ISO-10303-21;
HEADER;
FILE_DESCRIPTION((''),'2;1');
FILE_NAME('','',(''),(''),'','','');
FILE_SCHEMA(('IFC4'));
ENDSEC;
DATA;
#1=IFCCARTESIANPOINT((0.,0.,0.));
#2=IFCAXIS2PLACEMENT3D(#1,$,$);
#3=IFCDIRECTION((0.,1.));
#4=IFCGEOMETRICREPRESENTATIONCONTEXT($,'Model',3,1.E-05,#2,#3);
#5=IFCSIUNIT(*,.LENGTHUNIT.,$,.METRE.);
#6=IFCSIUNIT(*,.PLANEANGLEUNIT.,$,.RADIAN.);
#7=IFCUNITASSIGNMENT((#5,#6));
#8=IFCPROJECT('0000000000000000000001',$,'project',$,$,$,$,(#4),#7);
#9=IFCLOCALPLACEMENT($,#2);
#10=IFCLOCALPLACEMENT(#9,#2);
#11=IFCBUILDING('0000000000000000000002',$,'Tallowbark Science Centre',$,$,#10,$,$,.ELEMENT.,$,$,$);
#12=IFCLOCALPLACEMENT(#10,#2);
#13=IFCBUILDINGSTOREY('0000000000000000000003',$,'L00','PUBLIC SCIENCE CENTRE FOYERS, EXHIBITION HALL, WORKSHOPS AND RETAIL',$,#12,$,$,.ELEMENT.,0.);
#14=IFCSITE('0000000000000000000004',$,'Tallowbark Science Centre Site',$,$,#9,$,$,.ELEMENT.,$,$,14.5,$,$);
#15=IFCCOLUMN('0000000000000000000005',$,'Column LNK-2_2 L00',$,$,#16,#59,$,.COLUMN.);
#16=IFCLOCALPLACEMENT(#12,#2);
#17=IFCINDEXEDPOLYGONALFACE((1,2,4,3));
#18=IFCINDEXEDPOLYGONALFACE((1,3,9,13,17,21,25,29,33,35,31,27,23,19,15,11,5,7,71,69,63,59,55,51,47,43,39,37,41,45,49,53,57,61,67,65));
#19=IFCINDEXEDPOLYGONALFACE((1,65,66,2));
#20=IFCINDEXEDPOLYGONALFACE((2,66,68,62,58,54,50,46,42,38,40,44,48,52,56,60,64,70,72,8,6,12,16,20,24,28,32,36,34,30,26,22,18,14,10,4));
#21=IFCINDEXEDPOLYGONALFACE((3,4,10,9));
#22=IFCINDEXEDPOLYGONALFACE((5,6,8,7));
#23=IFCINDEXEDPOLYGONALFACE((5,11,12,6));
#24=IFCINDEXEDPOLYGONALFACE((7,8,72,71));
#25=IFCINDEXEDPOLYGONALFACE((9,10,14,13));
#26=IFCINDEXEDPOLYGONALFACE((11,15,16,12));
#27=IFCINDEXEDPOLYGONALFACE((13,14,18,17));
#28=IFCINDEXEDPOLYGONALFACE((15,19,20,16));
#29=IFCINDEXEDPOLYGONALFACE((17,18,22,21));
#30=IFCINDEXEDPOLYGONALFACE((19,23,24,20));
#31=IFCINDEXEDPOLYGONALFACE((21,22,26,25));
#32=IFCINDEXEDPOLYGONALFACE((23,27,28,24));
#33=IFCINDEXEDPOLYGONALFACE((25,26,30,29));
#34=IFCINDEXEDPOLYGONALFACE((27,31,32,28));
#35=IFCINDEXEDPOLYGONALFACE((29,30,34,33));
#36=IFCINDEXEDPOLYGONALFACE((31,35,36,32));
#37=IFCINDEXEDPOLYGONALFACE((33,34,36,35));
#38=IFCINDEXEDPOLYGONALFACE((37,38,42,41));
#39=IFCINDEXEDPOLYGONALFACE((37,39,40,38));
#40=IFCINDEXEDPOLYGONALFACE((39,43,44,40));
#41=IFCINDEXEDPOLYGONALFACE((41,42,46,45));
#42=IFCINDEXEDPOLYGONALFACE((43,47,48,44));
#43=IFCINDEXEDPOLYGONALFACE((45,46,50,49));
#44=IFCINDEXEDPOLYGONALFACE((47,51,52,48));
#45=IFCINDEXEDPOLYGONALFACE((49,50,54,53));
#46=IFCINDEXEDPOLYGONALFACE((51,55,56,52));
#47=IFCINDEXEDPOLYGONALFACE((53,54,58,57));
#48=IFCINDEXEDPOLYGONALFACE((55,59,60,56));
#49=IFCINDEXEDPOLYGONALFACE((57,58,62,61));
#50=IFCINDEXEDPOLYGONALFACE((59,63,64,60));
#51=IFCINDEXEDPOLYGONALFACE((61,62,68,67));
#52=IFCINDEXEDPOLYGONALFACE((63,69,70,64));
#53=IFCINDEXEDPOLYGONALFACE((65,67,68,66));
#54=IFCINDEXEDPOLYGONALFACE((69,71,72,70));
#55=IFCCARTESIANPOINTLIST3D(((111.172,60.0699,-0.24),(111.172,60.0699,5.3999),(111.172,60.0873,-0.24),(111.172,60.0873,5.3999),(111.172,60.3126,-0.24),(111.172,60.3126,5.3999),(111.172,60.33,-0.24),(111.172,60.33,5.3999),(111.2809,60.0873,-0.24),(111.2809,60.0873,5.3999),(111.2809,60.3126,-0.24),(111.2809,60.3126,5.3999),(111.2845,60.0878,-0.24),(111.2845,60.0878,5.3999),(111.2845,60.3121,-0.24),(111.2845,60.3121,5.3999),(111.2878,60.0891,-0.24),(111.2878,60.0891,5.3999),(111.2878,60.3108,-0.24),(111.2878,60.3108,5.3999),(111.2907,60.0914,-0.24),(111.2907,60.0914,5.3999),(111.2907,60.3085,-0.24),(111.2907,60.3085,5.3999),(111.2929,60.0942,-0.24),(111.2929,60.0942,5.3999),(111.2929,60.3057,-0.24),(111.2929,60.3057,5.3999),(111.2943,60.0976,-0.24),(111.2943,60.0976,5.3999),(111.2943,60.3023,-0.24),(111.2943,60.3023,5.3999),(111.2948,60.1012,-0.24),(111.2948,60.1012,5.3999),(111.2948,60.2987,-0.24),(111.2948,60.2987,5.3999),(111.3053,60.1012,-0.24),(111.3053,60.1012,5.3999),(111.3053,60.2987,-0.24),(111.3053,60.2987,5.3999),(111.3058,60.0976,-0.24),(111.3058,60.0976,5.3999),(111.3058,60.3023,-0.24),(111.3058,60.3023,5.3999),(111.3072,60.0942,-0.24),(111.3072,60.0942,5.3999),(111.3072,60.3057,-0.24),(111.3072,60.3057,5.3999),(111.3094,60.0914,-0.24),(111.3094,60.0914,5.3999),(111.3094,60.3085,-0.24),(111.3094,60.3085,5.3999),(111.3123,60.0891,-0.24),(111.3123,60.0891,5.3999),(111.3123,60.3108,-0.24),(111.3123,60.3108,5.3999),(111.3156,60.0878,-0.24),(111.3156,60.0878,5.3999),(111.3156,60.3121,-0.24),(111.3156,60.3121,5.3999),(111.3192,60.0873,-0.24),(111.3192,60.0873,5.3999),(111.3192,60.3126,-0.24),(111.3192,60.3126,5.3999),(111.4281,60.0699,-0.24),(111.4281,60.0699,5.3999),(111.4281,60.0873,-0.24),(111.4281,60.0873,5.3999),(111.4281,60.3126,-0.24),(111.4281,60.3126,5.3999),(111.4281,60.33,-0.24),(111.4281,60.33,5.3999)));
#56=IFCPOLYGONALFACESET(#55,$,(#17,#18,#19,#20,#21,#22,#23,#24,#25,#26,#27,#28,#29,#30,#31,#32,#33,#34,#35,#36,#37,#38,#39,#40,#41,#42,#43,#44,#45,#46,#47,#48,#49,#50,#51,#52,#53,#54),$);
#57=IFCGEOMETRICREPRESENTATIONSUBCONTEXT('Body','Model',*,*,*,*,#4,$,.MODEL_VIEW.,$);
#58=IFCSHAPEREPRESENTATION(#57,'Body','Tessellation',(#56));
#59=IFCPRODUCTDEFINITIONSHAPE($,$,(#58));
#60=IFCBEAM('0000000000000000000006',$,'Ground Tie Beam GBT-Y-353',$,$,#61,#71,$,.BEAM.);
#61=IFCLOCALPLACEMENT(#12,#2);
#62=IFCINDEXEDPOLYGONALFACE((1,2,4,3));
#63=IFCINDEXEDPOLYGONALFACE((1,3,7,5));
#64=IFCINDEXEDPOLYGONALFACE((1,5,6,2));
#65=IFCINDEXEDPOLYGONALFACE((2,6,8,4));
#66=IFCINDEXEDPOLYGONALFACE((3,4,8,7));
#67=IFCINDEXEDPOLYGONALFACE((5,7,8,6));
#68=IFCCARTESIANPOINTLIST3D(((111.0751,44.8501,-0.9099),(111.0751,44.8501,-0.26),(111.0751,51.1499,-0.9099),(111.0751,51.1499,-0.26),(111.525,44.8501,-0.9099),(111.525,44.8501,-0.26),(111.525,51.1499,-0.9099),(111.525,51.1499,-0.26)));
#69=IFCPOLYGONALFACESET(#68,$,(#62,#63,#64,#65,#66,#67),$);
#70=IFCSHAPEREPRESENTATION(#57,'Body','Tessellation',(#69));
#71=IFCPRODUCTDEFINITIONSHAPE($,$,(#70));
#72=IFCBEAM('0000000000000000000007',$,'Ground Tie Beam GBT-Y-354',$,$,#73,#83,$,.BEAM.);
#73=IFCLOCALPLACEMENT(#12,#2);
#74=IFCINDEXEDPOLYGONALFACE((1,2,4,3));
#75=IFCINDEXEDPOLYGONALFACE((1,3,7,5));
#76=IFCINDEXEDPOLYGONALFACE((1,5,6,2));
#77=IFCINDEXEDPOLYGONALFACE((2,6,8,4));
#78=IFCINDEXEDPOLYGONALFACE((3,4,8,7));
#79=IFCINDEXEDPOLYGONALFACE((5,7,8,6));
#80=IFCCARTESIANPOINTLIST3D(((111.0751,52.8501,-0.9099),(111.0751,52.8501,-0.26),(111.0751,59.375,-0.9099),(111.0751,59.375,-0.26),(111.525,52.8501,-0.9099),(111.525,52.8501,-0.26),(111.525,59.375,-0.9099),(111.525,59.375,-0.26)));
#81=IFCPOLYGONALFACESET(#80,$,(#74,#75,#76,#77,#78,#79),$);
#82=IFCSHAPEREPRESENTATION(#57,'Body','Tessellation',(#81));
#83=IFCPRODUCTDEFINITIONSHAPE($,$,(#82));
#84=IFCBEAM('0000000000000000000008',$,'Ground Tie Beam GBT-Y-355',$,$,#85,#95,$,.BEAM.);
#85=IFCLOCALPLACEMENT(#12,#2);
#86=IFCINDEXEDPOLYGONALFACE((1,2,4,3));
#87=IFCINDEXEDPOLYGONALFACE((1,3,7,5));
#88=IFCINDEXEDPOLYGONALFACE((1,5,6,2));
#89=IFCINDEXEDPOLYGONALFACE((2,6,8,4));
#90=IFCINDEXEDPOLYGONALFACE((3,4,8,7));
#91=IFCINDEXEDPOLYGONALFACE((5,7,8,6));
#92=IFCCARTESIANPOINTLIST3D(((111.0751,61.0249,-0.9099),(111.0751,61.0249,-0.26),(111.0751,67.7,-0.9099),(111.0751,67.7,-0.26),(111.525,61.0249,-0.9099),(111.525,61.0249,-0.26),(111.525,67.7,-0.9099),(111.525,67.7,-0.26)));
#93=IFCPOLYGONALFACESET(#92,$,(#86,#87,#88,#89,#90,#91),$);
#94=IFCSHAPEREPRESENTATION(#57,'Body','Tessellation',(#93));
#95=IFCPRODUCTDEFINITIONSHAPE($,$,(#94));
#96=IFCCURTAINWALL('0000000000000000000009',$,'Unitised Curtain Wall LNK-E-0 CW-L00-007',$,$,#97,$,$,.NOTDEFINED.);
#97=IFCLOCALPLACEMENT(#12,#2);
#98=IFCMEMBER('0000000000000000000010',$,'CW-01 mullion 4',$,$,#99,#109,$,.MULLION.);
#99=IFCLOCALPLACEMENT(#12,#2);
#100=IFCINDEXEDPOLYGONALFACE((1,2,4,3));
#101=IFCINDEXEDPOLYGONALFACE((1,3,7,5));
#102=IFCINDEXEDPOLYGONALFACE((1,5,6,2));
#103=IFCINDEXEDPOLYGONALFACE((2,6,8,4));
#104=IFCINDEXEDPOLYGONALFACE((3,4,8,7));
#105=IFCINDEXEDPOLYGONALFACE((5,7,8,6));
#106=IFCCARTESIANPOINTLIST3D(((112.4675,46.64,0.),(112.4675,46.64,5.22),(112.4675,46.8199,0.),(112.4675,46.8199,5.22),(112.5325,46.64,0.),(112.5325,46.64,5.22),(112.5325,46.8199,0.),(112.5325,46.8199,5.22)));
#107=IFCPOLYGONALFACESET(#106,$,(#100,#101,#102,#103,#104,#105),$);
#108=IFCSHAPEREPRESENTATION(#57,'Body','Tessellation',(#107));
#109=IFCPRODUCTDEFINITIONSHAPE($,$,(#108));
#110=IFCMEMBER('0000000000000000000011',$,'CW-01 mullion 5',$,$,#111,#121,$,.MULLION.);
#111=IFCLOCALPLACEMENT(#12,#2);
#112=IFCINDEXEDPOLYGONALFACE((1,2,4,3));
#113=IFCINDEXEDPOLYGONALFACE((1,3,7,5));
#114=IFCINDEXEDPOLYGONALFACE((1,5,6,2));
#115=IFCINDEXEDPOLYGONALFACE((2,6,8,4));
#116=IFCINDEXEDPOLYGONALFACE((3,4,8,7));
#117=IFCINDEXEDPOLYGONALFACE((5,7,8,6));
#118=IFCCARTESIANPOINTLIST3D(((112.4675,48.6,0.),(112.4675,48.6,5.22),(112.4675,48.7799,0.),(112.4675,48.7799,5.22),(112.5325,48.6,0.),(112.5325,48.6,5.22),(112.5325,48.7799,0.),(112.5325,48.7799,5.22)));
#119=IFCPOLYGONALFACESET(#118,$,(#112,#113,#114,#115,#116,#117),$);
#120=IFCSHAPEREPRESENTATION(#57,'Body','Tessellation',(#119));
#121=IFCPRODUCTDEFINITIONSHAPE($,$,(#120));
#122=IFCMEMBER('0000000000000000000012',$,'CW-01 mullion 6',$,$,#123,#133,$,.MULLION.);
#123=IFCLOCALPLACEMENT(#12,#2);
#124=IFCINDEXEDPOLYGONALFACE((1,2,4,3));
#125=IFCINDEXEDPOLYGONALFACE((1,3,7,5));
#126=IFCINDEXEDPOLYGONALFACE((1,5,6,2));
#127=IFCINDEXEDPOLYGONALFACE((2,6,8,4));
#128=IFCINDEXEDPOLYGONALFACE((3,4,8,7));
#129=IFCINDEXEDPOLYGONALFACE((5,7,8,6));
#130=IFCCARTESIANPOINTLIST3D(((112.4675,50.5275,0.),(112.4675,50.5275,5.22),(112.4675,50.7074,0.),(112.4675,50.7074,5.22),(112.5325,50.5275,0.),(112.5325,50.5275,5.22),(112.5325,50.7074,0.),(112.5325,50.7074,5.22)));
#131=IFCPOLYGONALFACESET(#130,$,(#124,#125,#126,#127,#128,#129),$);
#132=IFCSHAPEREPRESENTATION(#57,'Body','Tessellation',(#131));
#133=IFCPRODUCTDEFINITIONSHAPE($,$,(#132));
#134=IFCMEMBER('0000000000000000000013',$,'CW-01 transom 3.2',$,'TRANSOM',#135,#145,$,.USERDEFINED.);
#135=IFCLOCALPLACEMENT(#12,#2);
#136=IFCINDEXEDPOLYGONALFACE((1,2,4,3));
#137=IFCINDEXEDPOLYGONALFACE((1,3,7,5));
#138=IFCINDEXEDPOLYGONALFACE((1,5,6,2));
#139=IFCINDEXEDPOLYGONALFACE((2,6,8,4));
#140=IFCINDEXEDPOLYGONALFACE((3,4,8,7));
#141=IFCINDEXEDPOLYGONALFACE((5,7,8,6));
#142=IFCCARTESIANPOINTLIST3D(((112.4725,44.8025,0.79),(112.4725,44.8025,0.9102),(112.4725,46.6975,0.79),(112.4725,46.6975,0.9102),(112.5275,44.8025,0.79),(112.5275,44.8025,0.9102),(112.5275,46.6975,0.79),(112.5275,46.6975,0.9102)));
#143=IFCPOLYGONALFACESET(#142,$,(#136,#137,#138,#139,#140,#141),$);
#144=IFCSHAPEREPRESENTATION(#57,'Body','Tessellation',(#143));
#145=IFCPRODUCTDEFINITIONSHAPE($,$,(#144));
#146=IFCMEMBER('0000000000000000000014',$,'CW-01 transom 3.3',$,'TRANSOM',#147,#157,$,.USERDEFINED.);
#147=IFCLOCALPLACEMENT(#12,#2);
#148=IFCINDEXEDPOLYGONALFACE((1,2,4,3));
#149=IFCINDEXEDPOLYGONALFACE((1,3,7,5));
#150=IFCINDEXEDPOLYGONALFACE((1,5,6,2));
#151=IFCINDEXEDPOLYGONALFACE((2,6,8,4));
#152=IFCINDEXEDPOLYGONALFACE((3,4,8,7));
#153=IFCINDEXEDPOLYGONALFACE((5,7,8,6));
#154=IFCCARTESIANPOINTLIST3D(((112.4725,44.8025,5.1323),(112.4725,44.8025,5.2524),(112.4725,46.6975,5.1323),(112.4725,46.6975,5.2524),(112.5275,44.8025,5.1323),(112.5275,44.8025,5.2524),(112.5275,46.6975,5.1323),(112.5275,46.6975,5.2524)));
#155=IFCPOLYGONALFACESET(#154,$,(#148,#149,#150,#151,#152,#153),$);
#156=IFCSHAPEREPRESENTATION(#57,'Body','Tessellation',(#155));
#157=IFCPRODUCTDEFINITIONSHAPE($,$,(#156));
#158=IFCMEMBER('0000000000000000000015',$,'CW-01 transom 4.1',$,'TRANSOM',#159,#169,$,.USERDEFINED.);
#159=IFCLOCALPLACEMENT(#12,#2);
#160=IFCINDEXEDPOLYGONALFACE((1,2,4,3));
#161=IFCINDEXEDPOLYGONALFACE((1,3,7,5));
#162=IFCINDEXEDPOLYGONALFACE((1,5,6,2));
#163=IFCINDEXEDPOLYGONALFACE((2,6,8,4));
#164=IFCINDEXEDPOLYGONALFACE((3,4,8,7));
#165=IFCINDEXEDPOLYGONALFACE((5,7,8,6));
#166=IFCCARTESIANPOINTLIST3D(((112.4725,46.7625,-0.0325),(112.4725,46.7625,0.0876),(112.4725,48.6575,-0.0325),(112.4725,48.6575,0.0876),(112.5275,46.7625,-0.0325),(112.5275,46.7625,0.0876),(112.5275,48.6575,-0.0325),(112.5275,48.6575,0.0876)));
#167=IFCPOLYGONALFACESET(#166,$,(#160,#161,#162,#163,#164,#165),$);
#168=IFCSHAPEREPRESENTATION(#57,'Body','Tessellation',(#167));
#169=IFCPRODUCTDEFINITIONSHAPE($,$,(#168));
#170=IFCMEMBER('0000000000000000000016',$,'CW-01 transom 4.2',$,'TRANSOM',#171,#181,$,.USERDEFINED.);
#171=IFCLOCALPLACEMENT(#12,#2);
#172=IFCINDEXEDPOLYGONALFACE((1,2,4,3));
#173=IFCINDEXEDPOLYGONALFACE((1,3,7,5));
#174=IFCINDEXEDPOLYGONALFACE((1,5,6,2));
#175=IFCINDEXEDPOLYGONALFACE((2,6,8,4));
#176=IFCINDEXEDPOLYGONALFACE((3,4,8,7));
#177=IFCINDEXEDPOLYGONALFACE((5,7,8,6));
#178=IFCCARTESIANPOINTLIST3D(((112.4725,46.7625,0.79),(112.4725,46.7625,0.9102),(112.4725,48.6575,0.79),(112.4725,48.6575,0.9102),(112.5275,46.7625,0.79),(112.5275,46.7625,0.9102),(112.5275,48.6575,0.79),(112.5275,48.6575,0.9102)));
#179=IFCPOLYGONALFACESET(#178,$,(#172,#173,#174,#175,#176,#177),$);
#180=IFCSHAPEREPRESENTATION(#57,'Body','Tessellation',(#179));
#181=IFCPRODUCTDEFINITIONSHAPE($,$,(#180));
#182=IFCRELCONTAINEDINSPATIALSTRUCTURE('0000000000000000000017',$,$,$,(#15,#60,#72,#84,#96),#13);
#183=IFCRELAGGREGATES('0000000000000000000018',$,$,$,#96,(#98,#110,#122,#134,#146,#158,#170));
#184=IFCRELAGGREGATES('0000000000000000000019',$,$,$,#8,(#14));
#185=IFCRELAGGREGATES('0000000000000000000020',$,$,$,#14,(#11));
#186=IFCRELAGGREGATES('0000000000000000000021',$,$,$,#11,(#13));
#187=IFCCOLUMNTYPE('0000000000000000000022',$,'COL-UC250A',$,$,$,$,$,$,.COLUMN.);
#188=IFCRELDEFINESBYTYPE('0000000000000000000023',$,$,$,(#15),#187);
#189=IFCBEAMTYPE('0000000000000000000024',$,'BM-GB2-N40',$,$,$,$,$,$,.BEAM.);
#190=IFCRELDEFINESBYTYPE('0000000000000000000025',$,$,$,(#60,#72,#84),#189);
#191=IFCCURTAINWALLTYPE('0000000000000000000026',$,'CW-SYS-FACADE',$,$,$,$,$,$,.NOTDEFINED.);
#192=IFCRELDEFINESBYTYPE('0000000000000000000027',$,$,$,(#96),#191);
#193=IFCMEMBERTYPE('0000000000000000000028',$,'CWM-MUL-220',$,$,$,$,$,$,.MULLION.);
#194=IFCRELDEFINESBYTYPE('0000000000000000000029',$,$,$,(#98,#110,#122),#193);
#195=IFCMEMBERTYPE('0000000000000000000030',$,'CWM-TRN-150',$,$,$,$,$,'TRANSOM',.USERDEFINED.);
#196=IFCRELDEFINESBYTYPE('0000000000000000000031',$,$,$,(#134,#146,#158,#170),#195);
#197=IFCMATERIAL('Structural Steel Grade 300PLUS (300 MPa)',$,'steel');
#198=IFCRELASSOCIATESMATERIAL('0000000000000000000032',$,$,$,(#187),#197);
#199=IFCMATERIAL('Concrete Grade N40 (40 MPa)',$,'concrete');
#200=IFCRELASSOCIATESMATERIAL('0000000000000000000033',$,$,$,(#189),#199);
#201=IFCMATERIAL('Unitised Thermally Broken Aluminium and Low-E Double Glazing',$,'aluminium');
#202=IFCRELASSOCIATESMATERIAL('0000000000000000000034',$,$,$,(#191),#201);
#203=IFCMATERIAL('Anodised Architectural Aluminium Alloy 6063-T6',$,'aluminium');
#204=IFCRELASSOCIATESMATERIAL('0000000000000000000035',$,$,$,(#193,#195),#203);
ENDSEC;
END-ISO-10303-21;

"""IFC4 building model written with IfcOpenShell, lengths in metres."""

from ifc_helpers import new_model, si_unit, direction, frame, origin, origin_2d, place, context, subcontext, project, spatial, rectangle, i_section, extrude, material, material_profile, profile_set, type_object, element, aggregate, save


model = new_model("IFC4")

# Units and contexts
model_context = context("Model", 3, precision=1e-05, world=origin(), true_north=direction((0.0, 1.0)))
body_context = subcontext(model_context, "Body", "Model", "MODEL_VIEW")
ifc_project = project(units=[si_unit("LENGTHUNIT", "METRE"), si_unit("PLANEANGLEUNIT", "RADIAN")], contexts=[model_context])

# Site, building, storey
site_placement = place(None, origin())
site = spatial("IfcSite", under=ifc_project, at=site_placement, Name="Tallowbark Science Centre Site", CompositionType="ELEMENT", RefElevation=14.5)
building_placement = place(site_placement, origin())
building = spatial("IfcBuilding", under=site, at=building_placement, Name="Tallowbark Science Centre", CompositionType="ELEMENT")
storey_placement = place(building_placement, origin())
storey = spatial("IfcBuildingStorey", under=building, at=storey_placement, Name="L00", Description="PUBLIC SCIENCE CENTRE FOYERS, EXHIBITION HALL, WORKSHOPS AND RETAIL", CompositionType="ELEMENT", Elevation=0.0)

# Shared definitions
ifc_material_1 = material(Name="Concrete Grade N40 (40 MPa)", Category="concrete")

# Column
ifc_material_2 = material(Name="Structural Steel Grade 300PLUS (300 MPa)", Category="steel")
ifc_material_profile_1 = material_profile(ifc_material_2, i_section(OverallWidth=0.2561, OverallDepth=0.26, WebThickness=0.0105, FlangeThickness=0.0173, FilletRadius=0.0139, at=origin_2d()), Name="250UC89.5")
ifc_profile_set_1 = profile_set([ifc_material_profile_1], Name="Structural Steel Grade 300PLUS (300 MPa)")
column_type = type_object("IfcColumnType", Name="COL-UC250A", PredefinedType="COLUMN", material=ifc_profile_set_1)
for number, where, z_axis, x_axis, name in (
    (1, (111.3, 60.2, -0.24), (0.0, 0.0, 1.0), (1.0, 0.0, 0.0), "Column LNK-2_2 L00"),
):
    element("IfcColumn", number, at=place(storey_placement, frame(where, z_axis=z_axis, x_axis=x_axis)), inside=storey, type_object=column_type, Name=name, PredefinedType="COLUMN", context=body_context, shape_type="SweptSolid", body=[
        extrude(i_section(OverallWidth=0.2561, OverallDepth=0.26, WebThickness=0.0105, FlangeThickness=0.0173, FilletRadius=0.0139, at=origin_2d()), origin(), (0.0, 0.0, 1.0), 5.6399),
    ])

# Beams
ifc_material_profile_2 = material_profile(ifc_material_1, rectangle(XDim=0.45, YDim=0.6499, at=origin_2d()), Name="RC450x650")
ifc_profile_set_2 = profile_set([ifc_material_profile_2], Name="Concrete Grade N40 (40 MPa)")
beam_type = type_object("IfcBeamType", Name="BM-GB2-N40", PredefinedType="BEAM", material=ifc_profile_set_2)
beam_1_placement = place(storey_placement, frame((111.3, 44.8501, -0.585), z_axis=(0.0, 1.0, 0.0), x_axis=(-1.0, 0.0, 0.0)))
element("IfcBeam", 2, at=beam_1_placement, inside=storey, type_object=beam_type, Name="Ground Tie Beam GBT-Y-353", PredefinedType="BEAM", context=body_context, shape_type="SweptSolid", body=[
    extrude(rectangle(XDim=0.45, YDim=0.6499, at=origin_2d()), origin(), (0.0, 0.0, 1.0), 6.2998),
])
beam_2_placement = place(storey_placement, frame((111.3, 52.8501, -0.585), z_axis=(0.0, 1.0, 0.0), x_axis=(-1.0, 0.0, 0.0)))
element("IfcBeam", 3, at=beam_2_placement, inside=storey, type_object=beam_type, Name="Ground Tie Beam GBT-Y-354", PredefinedType="BEAM", context=body_context, shape_type="SweptSolid", body=[
    extrude(rectangle(XDim=0.45, YDim=0.6499, at=origin_2d()), origin(), (0.0, 0.0, 1.0), 6.5249),
])
beam_3_placement = place(storey_placement, frame((111.3, 61.0249, -0.585), z_axis=(0.0, 1.0, 0.0), x_axis=(-1.0, 0.0, 0.0)))
element("IfcBeam", 4, at=beam_3_placement, inside=storey, type_object=beam_type, Name="Ground Tie Beam GBT-Y-355", PredefinedType="BEAM", context=body_context, shape_type="SweptSolid", body=[
    extrude(rectangle(XDim=0.45, YDim=0.6499, at=origin_2d()), origin(), (0.0, 0.0, 1.0), 6.675),
])

# Curtain wall, members
ifc_material_3 = material(Name="Unitised Thermally Broken Aluminium and Low-E Double Glazing", Category="aluminium")
curtain_wall_type = type_object("IfcCurtainWallType", Name="CW-SYS-FACADE", PredefinedType="NOTDEFINED", material=ifc_material_3)
curtain_wall_placement = place(storey_placement, origin())
curtain_wall = element("IfcCurtainWall", 5, at=curtain_wall_placement, inside=storey, type_object=curtain_wall_type, Name="Unitised Curtain Wall LNK-E-0 CW-L00-007", PredefinedType="NOTDEFINED")
ifc_material_4 = material(Name="Anodised Architectural Aluminium Alloy 6063-T6", Category="aluminium")
ifc_material_profile_3 = material_profile(ifc_material_4, rectangle(XDim=0.0649, YDim=0.1799, at=origin_2d()), Name="ALU65x180")
ifc_profile_set_3 = profile_set([ifc_material_profile_3], Name="Anodised Architectural Aluminium Alloy 6063-T6")
member_type_1 = type_object("IfcMemberType", Name="CWM-MUL-220", PredefinedType="MULLION", material=ifc_profile_set_3)
member_1_placement = place(storey_placement, frame((112.5, 46.73, 0.0), z_axis=(0.0, 0.0, 1.0), x_axis=(-1.0, 0.0, 0.0)))
member_1 = element("IfcMember", 6, at=member_1_placement, type_object=member_type_1, Name="CW-01 mullion 4", PredefinedType="MULLION", context=body_context, shape_type="SweptSolid", body=[
    extrude(rectangle(XDim=0.0649, YDim=0.1799, at=origin_2d()), origin(), (0.0, 0.0, 1.0), 5.22),
])
member_2_placement = place(storey_placement, frame((112.5, 48.6899, 0.0), z_axis=(0.0, 0.0, 1.0), x_axis=(-1.0, 0.0, 0.0)))
member_2 = element("IfcMember", 7, at=member_2_placement, type_object=member_type_1, Name="CW-01 mullion 5", PredefinedType="MULLION", context=body_context, shape_type="SweptSolid", body=[
    extrude(rectangle(XDim=0.0649, YDim=0.1799, at=origin_2d()), origin(), (0.0, 0.0, 1.0), 5.22),
])
member_3_placement = place(storey_placement, frame((112.5, 50.6174, 0.0), z_axis=(0.0, 0.0, 1.0), x_axis=(-1.0, 0.0, 0.0)))
member_3 = element("IfcMember", 8, at=member_3_placement, type_object=member_type_1, Name="CW-01 mullion 6", PredefinedType="MULLION", context=body_context, shape_type="SweptSolid", body=[
    extrude(rectangle(XDim=0.0649, YDim=0.1799, at=origin_2d()), origin(), (0.0, 0.0, 1.0), 5.22),
])
ifc_material_profile_4 = material_profile(ifc_material_4, rectangle(XDim=0.0549, YDim=0.1201, at=origin_2d()), Name="ALU55x120")
ifc_profile_set_4 = profile_set([ifc_material_profile_4], Name="Anodised Architectural Aluminium Alloy 6063-T6")
member_type_2 = type_object("IfcMemberType", Name="CWM-TRN-150", ElementType="TRANSOM", PredefinedType="USERDEFINED", material=ifc_profile_set_4)
member_4_placement = place(storey_placement, frame((112.5, 44.8025, 0.8501), z_axis=(0.0, 1.0, 0.0), x_axis=(-1.0, 0.0, 0.0)))
member_4 = element("IfcMember", 9, at=member_4_placement, type_object=member_type_2, Name="CW-01 transom 3.2", ObjectType="TRANSOM", PredefinedType="USERDEFINED", context=body_context, shape_type="SweptSolid", body=[
    extrude(rectangle(XDim=0.0549, YDim=0.1201, at=origin_2d()), origin(), (0.0, 0.0, 1.0), 1.895),
])
member_5_placement = place(storey_placement, frame((112.5, 44.8025, 5.1924), z_axis=(0.0, 1.0, 0.0), x_axis=(-1.0, 0.0, 0.0)))
member_5 = element("IfcMember", 10, at=member_5_placement, type_object=member_type_2, Name="CW-01 transom 3.3", ObjectType="TRANSOM", PredefinedType="USERDEFINED", context=body_context, shape_type="SweptSolid", body=[
    extrude(rectangle(XDim=0.0549, YDim=0.1201, at=origin_2d()), origin(), (0.0, 0.0, 1.0), 1.895),
])
member_6_placement = place(storey_placement, frame((112.5, 46.7625, 0.0276), z_axis=(0.0, 1.0, 0.0), x_axis=(-1.0, 0.0, 0.0)))
member_6 = element("IfcMember", 11, at=member_6_placement, type_object=member_type_2, Name="CW-01 transom 4.1", ObjectType="TRANSOM", PredefinedType="USERDEFINED", context=body_context, shape_type="SweptSolid", body=[
    extrude(rectangle(XDim=0.0549, YDim=0.1201, at=origin_2d()), origin(), (0.0, 0.0, 1.0), 1.895),
])
member_7_placement = place(storey_placement, frame((112.5, 46.7625, 0.8501), z_axis=(0.0, 1.0, 0.0), x_axis=(-1.0, 0.0, 0.0)))
member_7 = element("IfcMember", 12, at=member_7_placement, type_object=member_type_2, Name="CW-01 transom 4.2", ObjectType="TRANSOM", PredefinedType="USERDEFINED", context=body_context, shape_type="SweptSolid", body=[
    extrude(rectangle(XDim=0.0549, YDim=0.1201, at=origin_2d()), origin(), (0.0, 0.0, 1.0), 1.895),
])
aggregate(curtain_wall, [member_1, member_2, member_3, member_4, member_5, member_6, member_7])

save(model, "model.ifc")
